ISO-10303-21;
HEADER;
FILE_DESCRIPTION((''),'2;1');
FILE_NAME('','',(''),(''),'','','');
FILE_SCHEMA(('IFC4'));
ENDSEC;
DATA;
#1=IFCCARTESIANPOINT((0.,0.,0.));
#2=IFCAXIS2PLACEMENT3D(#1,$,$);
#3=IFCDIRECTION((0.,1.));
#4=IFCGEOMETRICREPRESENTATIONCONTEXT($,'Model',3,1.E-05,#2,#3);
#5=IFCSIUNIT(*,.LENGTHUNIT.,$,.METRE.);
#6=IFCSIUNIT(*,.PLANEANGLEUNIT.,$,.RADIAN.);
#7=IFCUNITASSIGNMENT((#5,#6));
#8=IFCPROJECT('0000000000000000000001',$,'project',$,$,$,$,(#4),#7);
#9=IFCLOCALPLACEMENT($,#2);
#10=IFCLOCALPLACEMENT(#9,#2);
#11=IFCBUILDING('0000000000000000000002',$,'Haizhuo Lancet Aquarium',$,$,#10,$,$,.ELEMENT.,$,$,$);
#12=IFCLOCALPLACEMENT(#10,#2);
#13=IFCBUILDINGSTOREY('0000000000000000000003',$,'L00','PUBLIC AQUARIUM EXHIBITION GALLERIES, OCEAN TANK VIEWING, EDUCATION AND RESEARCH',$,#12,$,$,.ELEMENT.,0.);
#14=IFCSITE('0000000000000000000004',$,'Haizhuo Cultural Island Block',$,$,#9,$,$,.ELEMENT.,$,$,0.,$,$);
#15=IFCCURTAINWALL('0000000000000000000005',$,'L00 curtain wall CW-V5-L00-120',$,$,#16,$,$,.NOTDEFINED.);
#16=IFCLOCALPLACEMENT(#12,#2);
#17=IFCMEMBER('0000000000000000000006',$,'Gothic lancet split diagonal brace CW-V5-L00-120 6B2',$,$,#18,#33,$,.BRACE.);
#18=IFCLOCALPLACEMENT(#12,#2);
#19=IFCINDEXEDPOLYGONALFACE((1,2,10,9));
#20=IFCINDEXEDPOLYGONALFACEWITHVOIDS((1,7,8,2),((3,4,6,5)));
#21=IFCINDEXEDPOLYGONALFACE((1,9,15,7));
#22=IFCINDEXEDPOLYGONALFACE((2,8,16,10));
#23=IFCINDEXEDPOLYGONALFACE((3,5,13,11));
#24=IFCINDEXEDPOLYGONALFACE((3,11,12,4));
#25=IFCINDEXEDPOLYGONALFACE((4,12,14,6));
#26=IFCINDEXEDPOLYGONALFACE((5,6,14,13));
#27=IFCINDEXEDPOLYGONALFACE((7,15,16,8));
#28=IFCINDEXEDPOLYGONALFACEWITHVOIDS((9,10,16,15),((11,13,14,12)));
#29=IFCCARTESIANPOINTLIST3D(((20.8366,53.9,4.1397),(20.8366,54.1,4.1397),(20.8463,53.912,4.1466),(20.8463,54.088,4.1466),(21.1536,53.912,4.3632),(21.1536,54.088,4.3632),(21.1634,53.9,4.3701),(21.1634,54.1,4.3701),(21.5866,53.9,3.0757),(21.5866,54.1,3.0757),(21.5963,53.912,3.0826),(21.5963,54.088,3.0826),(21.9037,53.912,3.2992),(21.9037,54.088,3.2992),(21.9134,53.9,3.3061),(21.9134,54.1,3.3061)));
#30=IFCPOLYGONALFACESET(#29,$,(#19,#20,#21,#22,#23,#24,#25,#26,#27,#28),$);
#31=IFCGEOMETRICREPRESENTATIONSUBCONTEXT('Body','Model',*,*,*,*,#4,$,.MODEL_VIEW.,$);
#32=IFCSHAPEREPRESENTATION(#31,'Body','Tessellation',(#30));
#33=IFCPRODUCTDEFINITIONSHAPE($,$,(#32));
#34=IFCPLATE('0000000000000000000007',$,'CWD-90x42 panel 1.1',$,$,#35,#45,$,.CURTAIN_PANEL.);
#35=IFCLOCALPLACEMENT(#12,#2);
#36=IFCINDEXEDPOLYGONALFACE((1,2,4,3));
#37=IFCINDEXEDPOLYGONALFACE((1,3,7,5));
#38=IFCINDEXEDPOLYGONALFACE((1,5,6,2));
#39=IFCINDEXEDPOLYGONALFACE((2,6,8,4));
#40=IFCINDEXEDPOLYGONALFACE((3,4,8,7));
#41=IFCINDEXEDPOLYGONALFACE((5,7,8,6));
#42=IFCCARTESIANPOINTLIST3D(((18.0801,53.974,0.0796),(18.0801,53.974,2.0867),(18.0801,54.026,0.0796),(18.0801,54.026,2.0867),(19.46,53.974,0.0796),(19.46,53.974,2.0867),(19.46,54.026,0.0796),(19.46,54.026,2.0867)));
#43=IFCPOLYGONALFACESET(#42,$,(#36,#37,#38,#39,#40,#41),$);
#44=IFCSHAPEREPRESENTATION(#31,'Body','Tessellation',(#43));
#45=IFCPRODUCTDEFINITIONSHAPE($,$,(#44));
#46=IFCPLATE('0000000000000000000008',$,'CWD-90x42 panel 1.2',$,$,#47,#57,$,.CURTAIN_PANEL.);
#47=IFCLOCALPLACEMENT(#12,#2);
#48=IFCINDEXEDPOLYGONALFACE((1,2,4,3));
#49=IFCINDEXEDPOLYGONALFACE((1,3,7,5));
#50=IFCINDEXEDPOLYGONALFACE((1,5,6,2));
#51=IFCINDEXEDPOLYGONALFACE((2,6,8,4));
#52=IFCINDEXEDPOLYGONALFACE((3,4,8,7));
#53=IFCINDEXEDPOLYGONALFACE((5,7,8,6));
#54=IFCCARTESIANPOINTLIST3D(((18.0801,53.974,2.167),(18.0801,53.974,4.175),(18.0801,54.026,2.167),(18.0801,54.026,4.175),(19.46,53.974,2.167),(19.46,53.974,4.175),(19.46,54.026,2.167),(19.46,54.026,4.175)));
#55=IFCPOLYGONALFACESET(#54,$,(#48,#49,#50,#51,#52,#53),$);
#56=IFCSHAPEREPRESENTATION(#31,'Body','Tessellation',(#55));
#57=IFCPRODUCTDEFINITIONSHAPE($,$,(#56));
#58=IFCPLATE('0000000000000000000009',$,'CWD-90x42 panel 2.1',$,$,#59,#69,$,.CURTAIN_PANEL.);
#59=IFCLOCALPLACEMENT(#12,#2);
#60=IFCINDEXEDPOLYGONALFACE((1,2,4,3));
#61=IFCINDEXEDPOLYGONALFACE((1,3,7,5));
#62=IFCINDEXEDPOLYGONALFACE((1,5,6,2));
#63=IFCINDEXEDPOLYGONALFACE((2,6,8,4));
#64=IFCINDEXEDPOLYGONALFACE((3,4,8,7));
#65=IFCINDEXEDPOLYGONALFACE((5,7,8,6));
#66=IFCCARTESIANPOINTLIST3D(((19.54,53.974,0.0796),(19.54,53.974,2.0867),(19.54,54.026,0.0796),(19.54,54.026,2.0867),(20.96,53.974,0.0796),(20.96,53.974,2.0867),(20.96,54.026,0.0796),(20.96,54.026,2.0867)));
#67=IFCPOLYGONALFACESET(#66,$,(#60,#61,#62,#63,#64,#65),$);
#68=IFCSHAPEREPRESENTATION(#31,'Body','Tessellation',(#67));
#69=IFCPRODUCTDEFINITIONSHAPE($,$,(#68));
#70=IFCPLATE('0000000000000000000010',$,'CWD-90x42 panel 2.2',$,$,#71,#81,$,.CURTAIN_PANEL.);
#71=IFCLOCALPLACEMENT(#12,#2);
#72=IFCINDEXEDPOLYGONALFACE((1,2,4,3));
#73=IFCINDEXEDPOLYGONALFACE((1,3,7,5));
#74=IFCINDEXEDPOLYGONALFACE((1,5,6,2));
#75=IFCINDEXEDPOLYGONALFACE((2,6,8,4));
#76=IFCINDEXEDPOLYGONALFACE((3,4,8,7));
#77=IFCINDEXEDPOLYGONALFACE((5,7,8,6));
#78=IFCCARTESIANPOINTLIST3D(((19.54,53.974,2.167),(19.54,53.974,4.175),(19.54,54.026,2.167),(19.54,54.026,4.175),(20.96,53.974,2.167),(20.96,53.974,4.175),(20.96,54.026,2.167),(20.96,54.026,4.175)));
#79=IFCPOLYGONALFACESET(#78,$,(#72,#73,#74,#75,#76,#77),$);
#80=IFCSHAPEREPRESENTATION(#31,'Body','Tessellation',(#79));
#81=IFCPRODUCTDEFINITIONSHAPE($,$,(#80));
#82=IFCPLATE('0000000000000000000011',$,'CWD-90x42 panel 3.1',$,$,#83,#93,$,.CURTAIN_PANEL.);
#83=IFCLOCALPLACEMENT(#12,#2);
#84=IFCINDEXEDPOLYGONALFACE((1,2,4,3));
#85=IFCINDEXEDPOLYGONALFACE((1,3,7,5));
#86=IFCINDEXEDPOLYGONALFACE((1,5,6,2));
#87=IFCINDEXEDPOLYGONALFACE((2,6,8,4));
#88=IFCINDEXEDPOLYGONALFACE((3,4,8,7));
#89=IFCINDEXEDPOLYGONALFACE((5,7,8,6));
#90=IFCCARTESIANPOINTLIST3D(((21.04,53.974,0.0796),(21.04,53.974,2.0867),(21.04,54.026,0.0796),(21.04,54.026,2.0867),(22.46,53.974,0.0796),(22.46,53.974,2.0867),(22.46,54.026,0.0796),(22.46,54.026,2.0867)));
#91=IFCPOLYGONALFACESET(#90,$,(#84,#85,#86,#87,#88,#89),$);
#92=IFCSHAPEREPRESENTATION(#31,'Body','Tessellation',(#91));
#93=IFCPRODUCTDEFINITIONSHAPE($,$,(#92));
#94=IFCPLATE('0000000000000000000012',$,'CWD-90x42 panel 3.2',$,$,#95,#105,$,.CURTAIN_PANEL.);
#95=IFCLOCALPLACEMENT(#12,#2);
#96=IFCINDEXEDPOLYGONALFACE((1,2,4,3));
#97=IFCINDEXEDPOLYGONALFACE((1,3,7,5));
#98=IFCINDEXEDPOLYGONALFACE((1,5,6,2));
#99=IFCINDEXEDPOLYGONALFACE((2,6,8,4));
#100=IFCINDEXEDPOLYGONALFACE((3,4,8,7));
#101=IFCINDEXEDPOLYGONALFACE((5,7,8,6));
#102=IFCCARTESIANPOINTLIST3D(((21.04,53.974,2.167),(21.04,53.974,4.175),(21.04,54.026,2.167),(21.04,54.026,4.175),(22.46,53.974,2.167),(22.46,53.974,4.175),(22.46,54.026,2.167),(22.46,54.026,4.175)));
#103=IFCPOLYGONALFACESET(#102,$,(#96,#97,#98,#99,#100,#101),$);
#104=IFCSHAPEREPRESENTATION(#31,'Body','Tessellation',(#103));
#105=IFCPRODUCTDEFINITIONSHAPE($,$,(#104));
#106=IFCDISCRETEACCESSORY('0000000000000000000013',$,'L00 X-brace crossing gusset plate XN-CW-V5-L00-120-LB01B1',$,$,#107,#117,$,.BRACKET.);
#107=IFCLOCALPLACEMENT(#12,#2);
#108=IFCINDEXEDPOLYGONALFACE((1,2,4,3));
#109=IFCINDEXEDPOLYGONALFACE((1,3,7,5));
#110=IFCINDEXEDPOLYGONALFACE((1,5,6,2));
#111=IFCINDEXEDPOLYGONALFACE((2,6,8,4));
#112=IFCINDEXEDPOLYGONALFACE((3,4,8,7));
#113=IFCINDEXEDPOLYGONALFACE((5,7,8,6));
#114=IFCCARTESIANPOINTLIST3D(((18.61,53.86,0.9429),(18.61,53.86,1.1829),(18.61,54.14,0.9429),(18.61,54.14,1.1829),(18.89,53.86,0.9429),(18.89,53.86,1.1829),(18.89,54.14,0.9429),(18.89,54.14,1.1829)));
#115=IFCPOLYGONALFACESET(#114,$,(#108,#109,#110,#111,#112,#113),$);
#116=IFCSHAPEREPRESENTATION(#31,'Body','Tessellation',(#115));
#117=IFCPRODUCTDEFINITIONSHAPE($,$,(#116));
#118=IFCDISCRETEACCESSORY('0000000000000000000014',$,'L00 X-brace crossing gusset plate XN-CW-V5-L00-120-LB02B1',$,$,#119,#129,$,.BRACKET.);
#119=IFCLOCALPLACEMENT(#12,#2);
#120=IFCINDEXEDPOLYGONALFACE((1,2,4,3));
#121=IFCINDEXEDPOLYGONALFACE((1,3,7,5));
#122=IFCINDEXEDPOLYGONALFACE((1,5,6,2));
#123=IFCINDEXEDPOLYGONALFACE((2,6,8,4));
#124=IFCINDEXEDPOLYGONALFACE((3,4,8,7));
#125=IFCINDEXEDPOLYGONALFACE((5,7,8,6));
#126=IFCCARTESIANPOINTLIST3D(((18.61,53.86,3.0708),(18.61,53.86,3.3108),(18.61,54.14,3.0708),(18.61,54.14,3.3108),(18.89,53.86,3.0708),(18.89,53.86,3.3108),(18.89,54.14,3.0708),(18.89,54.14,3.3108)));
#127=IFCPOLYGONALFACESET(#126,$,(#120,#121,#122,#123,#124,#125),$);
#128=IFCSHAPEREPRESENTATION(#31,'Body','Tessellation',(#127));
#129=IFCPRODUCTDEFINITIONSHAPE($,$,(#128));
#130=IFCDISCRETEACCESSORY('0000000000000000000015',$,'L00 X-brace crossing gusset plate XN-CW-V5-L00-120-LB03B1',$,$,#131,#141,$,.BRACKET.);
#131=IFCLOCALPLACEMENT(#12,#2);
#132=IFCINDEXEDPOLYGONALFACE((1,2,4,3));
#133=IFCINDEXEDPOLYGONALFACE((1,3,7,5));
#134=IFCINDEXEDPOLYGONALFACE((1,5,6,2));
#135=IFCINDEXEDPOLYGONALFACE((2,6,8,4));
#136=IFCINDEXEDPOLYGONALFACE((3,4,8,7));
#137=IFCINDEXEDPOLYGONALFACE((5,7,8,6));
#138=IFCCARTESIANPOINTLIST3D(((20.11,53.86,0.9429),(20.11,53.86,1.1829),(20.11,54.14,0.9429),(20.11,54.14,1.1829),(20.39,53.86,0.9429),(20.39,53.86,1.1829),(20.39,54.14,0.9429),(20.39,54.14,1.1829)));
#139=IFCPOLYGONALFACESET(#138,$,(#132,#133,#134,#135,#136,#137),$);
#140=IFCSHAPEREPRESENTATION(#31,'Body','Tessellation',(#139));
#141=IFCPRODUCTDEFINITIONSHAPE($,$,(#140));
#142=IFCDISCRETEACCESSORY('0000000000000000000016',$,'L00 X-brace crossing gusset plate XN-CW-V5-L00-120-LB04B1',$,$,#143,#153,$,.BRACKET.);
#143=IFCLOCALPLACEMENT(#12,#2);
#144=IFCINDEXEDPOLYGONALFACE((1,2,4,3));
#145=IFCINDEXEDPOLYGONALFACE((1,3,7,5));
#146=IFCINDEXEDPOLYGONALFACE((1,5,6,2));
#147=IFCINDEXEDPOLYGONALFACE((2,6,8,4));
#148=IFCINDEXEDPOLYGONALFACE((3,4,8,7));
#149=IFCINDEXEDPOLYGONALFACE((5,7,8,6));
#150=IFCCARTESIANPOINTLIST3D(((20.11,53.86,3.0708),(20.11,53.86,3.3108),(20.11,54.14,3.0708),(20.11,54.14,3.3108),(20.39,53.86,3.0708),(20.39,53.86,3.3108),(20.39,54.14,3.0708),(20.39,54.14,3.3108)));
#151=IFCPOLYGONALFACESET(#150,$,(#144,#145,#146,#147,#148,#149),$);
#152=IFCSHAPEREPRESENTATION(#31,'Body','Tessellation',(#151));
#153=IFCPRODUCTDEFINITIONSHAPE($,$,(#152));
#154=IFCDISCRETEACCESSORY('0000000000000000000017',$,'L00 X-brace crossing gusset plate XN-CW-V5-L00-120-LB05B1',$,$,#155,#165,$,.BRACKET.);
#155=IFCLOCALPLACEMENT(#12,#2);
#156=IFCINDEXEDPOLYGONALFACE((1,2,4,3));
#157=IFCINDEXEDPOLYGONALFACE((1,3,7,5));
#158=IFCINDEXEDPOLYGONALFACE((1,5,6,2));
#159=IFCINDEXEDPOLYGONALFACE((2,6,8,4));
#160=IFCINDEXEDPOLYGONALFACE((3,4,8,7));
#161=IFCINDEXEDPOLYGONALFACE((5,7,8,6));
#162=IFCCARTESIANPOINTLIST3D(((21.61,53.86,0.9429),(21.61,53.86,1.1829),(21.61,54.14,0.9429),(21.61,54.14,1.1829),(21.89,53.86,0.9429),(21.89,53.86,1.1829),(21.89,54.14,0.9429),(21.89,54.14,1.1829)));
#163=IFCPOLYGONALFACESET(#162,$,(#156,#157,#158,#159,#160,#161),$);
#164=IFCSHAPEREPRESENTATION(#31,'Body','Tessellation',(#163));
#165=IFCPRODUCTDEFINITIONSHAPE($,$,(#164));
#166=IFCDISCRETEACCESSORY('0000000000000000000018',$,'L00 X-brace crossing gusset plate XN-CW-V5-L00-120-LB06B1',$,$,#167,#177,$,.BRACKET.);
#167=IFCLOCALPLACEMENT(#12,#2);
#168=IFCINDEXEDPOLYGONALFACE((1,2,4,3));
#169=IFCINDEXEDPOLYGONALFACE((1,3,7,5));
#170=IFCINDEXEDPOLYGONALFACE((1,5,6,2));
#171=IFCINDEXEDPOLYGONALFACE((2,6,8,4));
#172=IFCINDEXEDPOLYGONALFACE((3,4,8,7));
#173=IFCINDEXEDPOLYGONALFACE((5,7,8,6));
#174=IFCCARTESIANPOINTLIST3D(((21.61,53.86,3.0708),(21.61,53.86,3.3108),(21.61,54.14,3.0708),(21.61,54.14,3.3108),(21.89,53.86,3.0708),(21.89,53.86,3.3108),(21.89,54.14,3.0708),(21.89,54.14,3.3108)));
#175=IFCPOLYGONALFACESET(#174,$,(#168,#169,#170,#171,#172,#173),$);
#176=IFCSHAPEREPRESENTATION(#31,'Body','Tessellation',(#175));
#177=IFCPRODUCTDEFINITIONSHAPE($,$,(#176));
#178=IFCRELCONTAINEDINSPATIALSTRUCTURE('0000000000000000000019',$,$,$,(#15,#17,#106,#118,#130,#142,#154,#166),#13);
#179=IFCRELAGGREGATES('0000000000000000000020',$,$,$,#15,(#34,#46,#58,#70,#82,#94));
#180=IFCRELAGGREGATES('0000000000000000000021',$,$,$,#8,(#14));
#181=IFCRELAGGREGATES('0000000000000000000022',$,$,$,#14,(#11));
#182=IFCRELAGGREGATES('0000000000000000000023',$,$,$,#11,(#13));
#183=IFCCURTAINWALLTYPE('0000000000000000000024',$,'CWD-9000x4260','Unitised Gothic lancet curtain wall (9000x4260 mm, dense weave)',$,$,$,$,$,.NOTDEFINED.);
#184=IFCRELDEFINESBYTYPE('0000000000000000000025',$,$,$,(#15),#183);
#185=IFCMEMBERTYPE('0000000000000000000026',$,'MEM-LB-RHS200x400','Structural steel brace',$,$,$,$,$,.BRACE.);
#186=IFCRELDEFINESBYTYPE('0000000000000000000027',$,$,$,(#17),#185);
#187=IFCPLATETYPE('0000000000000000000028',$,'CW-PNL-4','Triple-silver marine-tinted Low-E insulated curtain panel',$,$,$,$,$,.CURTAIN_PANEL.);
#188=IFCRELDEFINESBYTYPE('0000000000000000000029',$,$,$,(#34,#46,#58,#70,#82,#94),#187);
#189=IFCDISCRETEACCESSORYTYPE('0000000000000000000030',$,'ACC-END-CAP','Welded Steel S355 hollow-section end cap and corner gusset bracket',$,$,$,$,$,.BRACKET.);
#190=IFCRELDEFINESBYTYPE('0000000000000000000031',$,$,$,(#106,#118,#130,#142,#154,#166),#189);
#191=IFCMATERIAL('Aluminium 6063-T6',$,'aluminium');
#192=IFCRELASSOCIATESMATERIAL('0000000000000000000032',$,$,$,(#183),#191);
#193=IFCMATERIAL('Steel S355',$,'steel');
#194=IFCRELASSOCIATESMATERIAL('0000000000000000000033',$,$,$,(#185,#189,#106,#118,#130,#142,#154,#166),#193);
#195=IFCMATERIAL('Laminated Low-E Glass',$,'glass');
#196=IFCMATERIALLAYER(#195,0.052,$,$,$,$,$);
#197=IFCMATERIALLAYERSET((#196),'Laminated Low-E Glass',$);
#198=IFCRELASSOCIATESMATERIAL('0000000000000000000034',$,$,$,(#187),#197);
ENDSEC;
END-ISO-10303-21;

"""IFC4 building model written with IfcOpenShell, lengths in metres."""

from ifc_helpers import new_model, si_unit, direction, frame, origin, origin_2d, place, context, subcontext, project, spatial, rectangle, hollow_rectangle, extrude, material, layer, layer_set, material_profile, profile_set, type_object, element, aggregate, save


model = new_model("IFC4")

# Units and contexts
model_context = context("Model", 3, precision=1e-05, world=origin(), true_north=direction((0.0, 1.0)))
body_context = subcontext(model_context, "Body", "Model", "MODEL_VIEW")
ifc_project = project(units=[si_unit("LENGTHUNIT", "METRE"), si_unit("PLANEANGLEUNIT", "RADIAN")], contexts=[model_context])

# Site, building, storey
site_placement = place(None, origin())
site = spatial("IfcSite", under=ifc_project, at=site_placement, Name="Haizhuo Cultural Island Block", CompositionType="ELEMENT", RefElevation=0.0)
building_placement = place(site_placement, origin())
building = spatial("IfcBuilding", under=site, at=building_placement, Name="Haizhuo Lancet Aquarium", CompositionType="ELEMENT")
storey_placement = place(building_placement, origin())
storey = spatial("IfcBuildingStorey", under=building, at=storey_placement, Name="L00", Description="PUBLIC AQUARIUM EXHIBITION GALLERIES, OCEAN TANK VIEWING, EDUCATION AND RESEARCH", CompositionType="ELEMENT", Elevation=0.0)

# Curtain wall
ifc_material_1 = material(Name="Aluminium 6063-T6", Category="aluminium")
curtain_wall_type = type_object("IfcCurtainWallType", Name="CWD-9000x4260", Description="Unitised Gothic lancet curtain wall (9000x4260 mm, dense weave)", PredefinedType="NOTDEFINED", material=ifc_material_1)
curtain_wall_placement = place(storey_placement, origin())
curtain_wall = element("IfcCurtainWall", 1, at=curtain_wall_placement, inside=storey, type_object=curtain_wall_type, Name="L00 curtain wall CW-V5-L00-120", PredefinedType="NOTDEFINED")

# Member
ifc_material_2 = material(Name="Steel S355", Category="steel")
ifc_material_profile_1 = material_profile(ifc_material_2, hollow_rectangle(XDim=0.2, YDim=0.3999, WallThickness=0.012, at=origin_2d()), Name="RHS 200x400x12")
ifc_profile_set_1 = profile_set([ifc_material_profile_1], Name="Steel S355")
member_type_1 = type_object("IfcMemberType", Name="MEM-LB-RHS200x400", Description="Structural steel brace", PredefinedType="BRACE", material=ifc_profile_set_1)
member_1_placement = place(storey_placement, frame((21.75, 54.0, 3.1909), z_axis=(-0.576153, 0.0, 0.817342), x_axis=(0.0, -1.0, 0.0)))
element("IfcMember", 2, at=member_1_placement, inside=storey, type_object=member_type_1, Name="Gothic lancet split diagonal brace CW-V5-L00-120 6B2", PredefinedType="BRACE", context=body_context, shape_type="SweptSolid", body=[
    extrude(hollow_rectangle(XDim=0.2, YDim=0.3999, WallThickness=0.012, at=origin_2d()), origin(), (0.0, 0.0, 1.0), 1.3018),
])

# Plates
ifc_material_3 = material(Name="Laminated Low-E Glass", Category="glass")
ifc_layer = layer(ifc_material_3, 0.052)
ifc_layer_set = layer_set([ifc_layer], Name="Laminated Low-E Glass")
plate_type = type_object("IfcPlateType", Name="CW-PNL-4", Description="Triple-silver marine-tinted Low-E insulated curtain panel", PredefinedType="CURTAIN_PANEL", material=ifc_layer_set)
plate_1_placement = place(storey_placement, frame((18.77, 54.0, 0.0796), z_axis=(0.0, 0.0, 1.0), x_axis=(1.0, 0.0, 0.0)))
plate_1 = element("IfcPlate", 3, at=plate_1_placement, type_object=plate_type, Name="CWD-90x42 panel 1.1", PredefinedType="CURTAIN_PANEL", context=body_context, shape_type="SweptSolid", body=[
    extrude(rectangle(XDim=1.3799, YDim=0.052, at=origin_2d()), origin(), (0.0, 0.0, 1.0), 2.0071),
])
plate_2_placement = place(storey_placement, frame((18.77, 54.0, 2.167), z_axis=(0.0, 0.0, 1.0), x_axis=(1.0, 0.0, 0.0)))
plate_2 = element("IfcPlate", 4, at=plate_2_placement, type_object=plate_type, Name="CWD-90x42 panel 1.2", PredefinedType="CURTAIN_PANEL", context=body_context, shape_type="SweptSolid", body=[
    extrude(rectangle(XDim=1.3799, YDim=0.052, at=origin_2d()), origin(), (0.0, 0.0, 1.0), 2.0081),
])
plate_3_placement = place(storey_placement, frame((20.25, 54.0, 0.0796), z_axis=(0.0, 0.0, 1.0), x_axis=(1.0, 0.0, 0.0)))
plate_3 = element("IfcPlate", 5, at=plate_3_placement, type_object=plate_type, Name="CWD-90x42 panel 2.1", PredefinedType="CURTAIN_PANEL", context=body_context, shape_type="SweptSolid", body=[
    extrude(rectangle(XDim=1.4199, YDim=0.052, at=origin_2d()), origin(), (0.0, 0.0, 1.0), 2.0071),
])
plate_4_placement = place(storey_placement, frame((20.25, 54.0, 2.167), z_axis=(0.0, 0.0, 1.0), x_axis=(1.0, 0.0, 0.0)))
plate_4 = element("IfcPlate", 6, at=plate_4_placement, type_object=plate_type, Name="CWD-90x42 panel 2.2", PredefinedType="CURTAIN_PANEL", context=body_context, shape_type="SweptSolid", body=[
    extrude(rectangle(XDim=1.4199, YDim=0.052, at=origin_2d()), origin(), (0.0, 0.0, 1.0), 2.0081),
])
plate_5_placement = place(storey_placement, frame((21.75, 54.0, 0.0796), z_axis=(0.0, 0.0, 1.0), x_axis=(1.0, 0.0, 0.0)))
plate_5 = element("IfcPlate", 7, at=plate_5_placement, type_object=plate_type, Name="CWD-90x42 panel 3.1", PredefinedType="CURTAIN_PANEL", context=body_context, shape_type="SweptSolid", body=[
    extrude(rectangle(XDim=1.4199, YDim=0.052, at=origin_2d()), origin(), (0.0, 0.0, 1.0), 2.0071),
])
plate_6_placement = place(storey_placement, frame((21.75, 54.0, 2.167), z_axis=(0.0, 0.0, 1.0), x_axis=(1.0, 0.0, 0.0)))
plate_6 = element("IfcPlate", 8, at=plate_6_placement, type_object=plate_type, Name="CWD-90x42 panel 3.2", PredefinedType="CURTAIN_PANEL", context=body_context, shape_type="SweptSolid", body=[
    extrude(rectangle(XDim=1.4199, YDim=0.052, at=origin_2d()), origin(), (0.0, 0.0, 1.0), 2.0081),
])
aggregate(curtain_wall, [plate_1, plate_2, plate_3, plate_4, plate_5, plate_6])

# Discrete accessories
discrete_accessory_type = type_object("IfcDiscreteAccessoryType", Name="ACC-END-CAP", Description="Welded Steel S355 hollow-section end cap and corner gusset bracket", PredefinedType="BRACKET", material=ifc_material_2)
for number, where, z_axis, x_axis, name in (
    (9, (18.75, 54.0, 0.9429), (0.0, 0.0, 1.0), (1.0, 0.0, 0.0), "L00 X-brace crossing gusset plate XN-CW-V5-L00-120-LB01B1"),
    (10, (18.75, 54.0, 3.0708), (0.0, 0.0, 1.0), (1.0, 0.0, 0.0), "L00 X-brace crossing gusset plate XN-CW-V5-L00-120-LB02B1"),
    (11, (20.25, 54.0, 0.9429), (0.0, 0.0, 1.0), (1.0, 0.0, 0.0), "L00 X-brace crossing gusset plate XN-CW-V5-L00-120-LB03B1"),
    (12, (20.25, 54.0, 3.0708), (0.0, 0.0, 1.0), (1.0, 0.0, 0.0), "L00 X-brace crossing gusset plate XN-CW-V5-L00-120-LB04B1"),
    (13, (21.75, 54.0, 0.9429), (0.0, 0.0, 1.0), (1.0, 0.0, 0.0), "L00 X-brace crossing gusset plate XN-CW-V5-L00-120-LB05B1"),
    (14, (21.75, 54.0, 3.0708), (0.0, 0.0, 1.0), (1.0, 0.0, 0.0), "L00 X-brace crossing gusset plate XN-CW-V5-L00-120-LB06B1"),
):
    element("IfcDiscreteAccessory", number, at=place(storey_placement, frame(where, z_axis=z_axis, x_axis=x_axis)), inside=storey, type_object=discrete_accessory_type, material=ifc_material_2, Name=name, PredefinedType="BRACKET", context=body_context, shape_type="SweptSolid", body=[
        extrude(rectangle(XDim=0.28, YDim=0.28, at=origin_2d()), origin(), (0.0, 0.0, 1.0), 0.24),
    ])

save(model, "model.ifc")
